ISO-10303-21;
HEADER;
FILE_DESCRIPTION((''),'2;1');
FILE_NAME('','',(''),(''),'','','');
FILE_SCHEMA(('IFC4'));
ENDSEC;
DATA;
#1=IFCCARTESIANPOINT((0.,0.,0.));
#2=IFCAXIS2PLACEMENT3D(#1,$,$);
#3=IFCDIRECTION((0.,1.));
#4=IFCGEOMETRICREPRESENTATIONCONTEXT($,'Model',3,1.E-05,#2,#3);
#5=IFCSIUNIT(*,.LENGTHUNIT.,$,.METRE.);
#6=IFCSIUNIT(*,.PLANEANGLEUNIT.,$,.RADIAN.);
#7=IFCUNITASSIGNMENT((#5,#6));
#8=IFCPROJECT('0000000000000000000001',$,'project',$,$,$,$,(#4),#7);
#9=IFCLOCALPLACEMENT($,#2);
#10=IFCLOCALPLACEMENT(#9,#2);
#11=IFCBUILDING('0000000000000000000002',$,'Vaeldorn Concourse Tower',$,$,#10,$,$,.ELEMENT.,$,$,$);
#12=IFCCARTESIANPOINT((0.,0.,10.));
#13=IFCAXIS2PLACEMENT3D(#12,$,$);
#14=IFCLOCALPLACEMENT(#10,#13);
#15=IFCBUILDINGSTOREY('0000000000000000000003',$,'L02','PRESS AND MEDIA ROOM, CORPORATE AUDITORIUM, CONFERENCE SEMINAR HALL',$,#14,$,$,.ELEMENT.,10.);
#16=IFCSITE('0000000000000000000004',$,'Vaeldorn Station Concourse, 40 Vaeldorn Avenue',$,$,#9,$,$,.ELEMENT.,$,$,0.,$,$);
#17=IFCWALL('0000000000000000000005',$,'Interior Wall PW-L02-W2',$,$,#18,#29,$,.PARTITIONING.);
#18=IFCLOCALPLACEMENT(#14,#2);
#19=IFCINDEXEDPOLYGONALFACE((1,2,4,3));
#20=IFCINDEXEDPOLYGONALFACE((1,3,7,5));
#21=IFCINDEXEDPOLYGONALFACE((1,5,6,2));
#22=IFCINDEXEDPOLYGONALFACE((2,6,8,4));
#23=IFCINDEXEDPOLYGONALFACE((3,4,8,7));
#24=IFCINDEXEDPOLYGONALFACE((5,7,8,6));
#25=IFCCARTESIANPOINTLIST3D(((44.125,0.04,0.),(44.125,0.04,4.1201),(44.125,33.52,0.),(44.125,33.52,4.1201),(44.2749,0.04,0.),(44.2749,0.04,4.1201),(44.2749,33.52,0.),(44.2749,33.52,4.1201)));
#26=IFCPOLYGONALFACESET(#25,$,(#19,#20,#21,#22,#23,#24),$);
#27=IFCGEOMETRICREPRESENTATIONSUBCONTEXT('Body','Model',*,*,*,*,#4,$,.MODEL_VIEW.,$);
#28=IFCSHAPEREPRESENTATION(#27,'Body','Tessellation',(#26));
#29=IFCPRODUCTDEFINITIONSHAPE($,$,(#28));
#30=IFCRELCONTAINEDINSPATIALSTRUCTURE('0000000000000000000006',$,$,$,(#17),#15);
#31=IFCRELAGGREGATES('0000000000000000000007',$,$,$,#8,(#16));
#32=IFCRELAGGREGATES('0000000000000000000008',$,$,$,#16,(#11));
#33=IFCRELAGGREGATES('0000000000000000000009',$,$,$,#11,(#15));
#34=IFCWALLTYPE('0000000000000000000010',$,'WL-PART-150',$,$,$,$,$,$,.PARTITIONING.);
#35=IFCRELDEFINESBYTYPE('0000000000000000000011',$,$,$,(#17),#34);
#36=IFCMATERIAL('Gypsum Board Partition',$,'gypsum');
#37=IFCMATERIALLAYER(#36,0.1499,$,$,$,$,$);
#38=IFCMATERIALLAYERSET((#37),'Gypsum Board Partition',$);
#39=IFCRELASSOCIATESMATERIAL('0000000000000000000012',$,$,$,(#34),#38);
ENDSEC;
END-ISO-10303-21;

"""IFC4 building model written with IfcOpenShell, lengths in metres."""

from ifc_helpers import new_model, si_unit, direction, frame, frame_2d, origin, place, context, subcontext, project, spatial, rectangle, extrude, material, layer, layer_set, type_object, element, save


model = new_model("IFC4")

# Units and contexts
model_context = context("Model", 3, precision=1e-05, world=origin(), true_north=direction((0.0, 1.0)))
body_context = subcontext(model_context, "Body", "Model", "MODEL_VIEW")
ifc_project = project(units=[si_unit("LENGTHUNIT", "METRE"), si_unit("PLANEANGLEUNIT", "RADIAN")], contexts=[model_context])

# Site, building, storey
site_placement = place(None, origin())
site = spatial("IfcSite", under=ifc_project, at=site_placement, Name="Vaeldorn Station Concourse, 40 Vaeldorn Avenue", CompositionType="ELEMENT", RefElevation=0.0)
building_placement = place(site_placement, origin())
building = spatial("IfcBuilding", under=site, at=building_placement, Name="Vaeldorn Concourse Tower", CompositionType="ELEMENT")
storey_placement = place(building_placement, frame((0.0, 0.0, 10.0)))
storey = spatial("IfcBuildingStorey", under=building, at=storey_placement, Name="L02", Description="PRESS AND MEDIA ROOM, CORPORATE AUDITORIUM, CONFERENCE SEMINAR HALL", CompositionType="ELEMENT", Elevation=10.0)

# Wall
ifc_material_1 = material(Name="Gypsum Board Partition", Category="gypsum")
ifc_layer_1 = layer(ifc_material_1, 0.1499)
ifc_layer_set_1 = layer_set([ifc_layer_1], Name="Gypsum Board Partition")
wall_type = type_object("IfcWallType", Name="WL-PART-150", PredefinedType="PARTITIONING", material=ifc_layer_set_1)
wall_1_placement = place(storey_placement, frame((44.2, 0.04, 0.0), z_axis=(0.0, 0.0, 1.0), x_axis=(0.0, 1.0, 0.0)))
element("IfcWall", 1, at=wall_1_placement, inside=storey, type_object=wall_type, Name="Interior Wall PW-L02-W2", PredefinedType="PARTITIONING", context=body_context, shape_type="SweptSolid", body=[
    extrude(rectangle(XDim=33.48, YDim=0.1499, at=frame_2d((16.74, 0.0))), origin(), (0.0, 0.0, 1.0), 4.1201),
])

save(model, "model.ifc")
